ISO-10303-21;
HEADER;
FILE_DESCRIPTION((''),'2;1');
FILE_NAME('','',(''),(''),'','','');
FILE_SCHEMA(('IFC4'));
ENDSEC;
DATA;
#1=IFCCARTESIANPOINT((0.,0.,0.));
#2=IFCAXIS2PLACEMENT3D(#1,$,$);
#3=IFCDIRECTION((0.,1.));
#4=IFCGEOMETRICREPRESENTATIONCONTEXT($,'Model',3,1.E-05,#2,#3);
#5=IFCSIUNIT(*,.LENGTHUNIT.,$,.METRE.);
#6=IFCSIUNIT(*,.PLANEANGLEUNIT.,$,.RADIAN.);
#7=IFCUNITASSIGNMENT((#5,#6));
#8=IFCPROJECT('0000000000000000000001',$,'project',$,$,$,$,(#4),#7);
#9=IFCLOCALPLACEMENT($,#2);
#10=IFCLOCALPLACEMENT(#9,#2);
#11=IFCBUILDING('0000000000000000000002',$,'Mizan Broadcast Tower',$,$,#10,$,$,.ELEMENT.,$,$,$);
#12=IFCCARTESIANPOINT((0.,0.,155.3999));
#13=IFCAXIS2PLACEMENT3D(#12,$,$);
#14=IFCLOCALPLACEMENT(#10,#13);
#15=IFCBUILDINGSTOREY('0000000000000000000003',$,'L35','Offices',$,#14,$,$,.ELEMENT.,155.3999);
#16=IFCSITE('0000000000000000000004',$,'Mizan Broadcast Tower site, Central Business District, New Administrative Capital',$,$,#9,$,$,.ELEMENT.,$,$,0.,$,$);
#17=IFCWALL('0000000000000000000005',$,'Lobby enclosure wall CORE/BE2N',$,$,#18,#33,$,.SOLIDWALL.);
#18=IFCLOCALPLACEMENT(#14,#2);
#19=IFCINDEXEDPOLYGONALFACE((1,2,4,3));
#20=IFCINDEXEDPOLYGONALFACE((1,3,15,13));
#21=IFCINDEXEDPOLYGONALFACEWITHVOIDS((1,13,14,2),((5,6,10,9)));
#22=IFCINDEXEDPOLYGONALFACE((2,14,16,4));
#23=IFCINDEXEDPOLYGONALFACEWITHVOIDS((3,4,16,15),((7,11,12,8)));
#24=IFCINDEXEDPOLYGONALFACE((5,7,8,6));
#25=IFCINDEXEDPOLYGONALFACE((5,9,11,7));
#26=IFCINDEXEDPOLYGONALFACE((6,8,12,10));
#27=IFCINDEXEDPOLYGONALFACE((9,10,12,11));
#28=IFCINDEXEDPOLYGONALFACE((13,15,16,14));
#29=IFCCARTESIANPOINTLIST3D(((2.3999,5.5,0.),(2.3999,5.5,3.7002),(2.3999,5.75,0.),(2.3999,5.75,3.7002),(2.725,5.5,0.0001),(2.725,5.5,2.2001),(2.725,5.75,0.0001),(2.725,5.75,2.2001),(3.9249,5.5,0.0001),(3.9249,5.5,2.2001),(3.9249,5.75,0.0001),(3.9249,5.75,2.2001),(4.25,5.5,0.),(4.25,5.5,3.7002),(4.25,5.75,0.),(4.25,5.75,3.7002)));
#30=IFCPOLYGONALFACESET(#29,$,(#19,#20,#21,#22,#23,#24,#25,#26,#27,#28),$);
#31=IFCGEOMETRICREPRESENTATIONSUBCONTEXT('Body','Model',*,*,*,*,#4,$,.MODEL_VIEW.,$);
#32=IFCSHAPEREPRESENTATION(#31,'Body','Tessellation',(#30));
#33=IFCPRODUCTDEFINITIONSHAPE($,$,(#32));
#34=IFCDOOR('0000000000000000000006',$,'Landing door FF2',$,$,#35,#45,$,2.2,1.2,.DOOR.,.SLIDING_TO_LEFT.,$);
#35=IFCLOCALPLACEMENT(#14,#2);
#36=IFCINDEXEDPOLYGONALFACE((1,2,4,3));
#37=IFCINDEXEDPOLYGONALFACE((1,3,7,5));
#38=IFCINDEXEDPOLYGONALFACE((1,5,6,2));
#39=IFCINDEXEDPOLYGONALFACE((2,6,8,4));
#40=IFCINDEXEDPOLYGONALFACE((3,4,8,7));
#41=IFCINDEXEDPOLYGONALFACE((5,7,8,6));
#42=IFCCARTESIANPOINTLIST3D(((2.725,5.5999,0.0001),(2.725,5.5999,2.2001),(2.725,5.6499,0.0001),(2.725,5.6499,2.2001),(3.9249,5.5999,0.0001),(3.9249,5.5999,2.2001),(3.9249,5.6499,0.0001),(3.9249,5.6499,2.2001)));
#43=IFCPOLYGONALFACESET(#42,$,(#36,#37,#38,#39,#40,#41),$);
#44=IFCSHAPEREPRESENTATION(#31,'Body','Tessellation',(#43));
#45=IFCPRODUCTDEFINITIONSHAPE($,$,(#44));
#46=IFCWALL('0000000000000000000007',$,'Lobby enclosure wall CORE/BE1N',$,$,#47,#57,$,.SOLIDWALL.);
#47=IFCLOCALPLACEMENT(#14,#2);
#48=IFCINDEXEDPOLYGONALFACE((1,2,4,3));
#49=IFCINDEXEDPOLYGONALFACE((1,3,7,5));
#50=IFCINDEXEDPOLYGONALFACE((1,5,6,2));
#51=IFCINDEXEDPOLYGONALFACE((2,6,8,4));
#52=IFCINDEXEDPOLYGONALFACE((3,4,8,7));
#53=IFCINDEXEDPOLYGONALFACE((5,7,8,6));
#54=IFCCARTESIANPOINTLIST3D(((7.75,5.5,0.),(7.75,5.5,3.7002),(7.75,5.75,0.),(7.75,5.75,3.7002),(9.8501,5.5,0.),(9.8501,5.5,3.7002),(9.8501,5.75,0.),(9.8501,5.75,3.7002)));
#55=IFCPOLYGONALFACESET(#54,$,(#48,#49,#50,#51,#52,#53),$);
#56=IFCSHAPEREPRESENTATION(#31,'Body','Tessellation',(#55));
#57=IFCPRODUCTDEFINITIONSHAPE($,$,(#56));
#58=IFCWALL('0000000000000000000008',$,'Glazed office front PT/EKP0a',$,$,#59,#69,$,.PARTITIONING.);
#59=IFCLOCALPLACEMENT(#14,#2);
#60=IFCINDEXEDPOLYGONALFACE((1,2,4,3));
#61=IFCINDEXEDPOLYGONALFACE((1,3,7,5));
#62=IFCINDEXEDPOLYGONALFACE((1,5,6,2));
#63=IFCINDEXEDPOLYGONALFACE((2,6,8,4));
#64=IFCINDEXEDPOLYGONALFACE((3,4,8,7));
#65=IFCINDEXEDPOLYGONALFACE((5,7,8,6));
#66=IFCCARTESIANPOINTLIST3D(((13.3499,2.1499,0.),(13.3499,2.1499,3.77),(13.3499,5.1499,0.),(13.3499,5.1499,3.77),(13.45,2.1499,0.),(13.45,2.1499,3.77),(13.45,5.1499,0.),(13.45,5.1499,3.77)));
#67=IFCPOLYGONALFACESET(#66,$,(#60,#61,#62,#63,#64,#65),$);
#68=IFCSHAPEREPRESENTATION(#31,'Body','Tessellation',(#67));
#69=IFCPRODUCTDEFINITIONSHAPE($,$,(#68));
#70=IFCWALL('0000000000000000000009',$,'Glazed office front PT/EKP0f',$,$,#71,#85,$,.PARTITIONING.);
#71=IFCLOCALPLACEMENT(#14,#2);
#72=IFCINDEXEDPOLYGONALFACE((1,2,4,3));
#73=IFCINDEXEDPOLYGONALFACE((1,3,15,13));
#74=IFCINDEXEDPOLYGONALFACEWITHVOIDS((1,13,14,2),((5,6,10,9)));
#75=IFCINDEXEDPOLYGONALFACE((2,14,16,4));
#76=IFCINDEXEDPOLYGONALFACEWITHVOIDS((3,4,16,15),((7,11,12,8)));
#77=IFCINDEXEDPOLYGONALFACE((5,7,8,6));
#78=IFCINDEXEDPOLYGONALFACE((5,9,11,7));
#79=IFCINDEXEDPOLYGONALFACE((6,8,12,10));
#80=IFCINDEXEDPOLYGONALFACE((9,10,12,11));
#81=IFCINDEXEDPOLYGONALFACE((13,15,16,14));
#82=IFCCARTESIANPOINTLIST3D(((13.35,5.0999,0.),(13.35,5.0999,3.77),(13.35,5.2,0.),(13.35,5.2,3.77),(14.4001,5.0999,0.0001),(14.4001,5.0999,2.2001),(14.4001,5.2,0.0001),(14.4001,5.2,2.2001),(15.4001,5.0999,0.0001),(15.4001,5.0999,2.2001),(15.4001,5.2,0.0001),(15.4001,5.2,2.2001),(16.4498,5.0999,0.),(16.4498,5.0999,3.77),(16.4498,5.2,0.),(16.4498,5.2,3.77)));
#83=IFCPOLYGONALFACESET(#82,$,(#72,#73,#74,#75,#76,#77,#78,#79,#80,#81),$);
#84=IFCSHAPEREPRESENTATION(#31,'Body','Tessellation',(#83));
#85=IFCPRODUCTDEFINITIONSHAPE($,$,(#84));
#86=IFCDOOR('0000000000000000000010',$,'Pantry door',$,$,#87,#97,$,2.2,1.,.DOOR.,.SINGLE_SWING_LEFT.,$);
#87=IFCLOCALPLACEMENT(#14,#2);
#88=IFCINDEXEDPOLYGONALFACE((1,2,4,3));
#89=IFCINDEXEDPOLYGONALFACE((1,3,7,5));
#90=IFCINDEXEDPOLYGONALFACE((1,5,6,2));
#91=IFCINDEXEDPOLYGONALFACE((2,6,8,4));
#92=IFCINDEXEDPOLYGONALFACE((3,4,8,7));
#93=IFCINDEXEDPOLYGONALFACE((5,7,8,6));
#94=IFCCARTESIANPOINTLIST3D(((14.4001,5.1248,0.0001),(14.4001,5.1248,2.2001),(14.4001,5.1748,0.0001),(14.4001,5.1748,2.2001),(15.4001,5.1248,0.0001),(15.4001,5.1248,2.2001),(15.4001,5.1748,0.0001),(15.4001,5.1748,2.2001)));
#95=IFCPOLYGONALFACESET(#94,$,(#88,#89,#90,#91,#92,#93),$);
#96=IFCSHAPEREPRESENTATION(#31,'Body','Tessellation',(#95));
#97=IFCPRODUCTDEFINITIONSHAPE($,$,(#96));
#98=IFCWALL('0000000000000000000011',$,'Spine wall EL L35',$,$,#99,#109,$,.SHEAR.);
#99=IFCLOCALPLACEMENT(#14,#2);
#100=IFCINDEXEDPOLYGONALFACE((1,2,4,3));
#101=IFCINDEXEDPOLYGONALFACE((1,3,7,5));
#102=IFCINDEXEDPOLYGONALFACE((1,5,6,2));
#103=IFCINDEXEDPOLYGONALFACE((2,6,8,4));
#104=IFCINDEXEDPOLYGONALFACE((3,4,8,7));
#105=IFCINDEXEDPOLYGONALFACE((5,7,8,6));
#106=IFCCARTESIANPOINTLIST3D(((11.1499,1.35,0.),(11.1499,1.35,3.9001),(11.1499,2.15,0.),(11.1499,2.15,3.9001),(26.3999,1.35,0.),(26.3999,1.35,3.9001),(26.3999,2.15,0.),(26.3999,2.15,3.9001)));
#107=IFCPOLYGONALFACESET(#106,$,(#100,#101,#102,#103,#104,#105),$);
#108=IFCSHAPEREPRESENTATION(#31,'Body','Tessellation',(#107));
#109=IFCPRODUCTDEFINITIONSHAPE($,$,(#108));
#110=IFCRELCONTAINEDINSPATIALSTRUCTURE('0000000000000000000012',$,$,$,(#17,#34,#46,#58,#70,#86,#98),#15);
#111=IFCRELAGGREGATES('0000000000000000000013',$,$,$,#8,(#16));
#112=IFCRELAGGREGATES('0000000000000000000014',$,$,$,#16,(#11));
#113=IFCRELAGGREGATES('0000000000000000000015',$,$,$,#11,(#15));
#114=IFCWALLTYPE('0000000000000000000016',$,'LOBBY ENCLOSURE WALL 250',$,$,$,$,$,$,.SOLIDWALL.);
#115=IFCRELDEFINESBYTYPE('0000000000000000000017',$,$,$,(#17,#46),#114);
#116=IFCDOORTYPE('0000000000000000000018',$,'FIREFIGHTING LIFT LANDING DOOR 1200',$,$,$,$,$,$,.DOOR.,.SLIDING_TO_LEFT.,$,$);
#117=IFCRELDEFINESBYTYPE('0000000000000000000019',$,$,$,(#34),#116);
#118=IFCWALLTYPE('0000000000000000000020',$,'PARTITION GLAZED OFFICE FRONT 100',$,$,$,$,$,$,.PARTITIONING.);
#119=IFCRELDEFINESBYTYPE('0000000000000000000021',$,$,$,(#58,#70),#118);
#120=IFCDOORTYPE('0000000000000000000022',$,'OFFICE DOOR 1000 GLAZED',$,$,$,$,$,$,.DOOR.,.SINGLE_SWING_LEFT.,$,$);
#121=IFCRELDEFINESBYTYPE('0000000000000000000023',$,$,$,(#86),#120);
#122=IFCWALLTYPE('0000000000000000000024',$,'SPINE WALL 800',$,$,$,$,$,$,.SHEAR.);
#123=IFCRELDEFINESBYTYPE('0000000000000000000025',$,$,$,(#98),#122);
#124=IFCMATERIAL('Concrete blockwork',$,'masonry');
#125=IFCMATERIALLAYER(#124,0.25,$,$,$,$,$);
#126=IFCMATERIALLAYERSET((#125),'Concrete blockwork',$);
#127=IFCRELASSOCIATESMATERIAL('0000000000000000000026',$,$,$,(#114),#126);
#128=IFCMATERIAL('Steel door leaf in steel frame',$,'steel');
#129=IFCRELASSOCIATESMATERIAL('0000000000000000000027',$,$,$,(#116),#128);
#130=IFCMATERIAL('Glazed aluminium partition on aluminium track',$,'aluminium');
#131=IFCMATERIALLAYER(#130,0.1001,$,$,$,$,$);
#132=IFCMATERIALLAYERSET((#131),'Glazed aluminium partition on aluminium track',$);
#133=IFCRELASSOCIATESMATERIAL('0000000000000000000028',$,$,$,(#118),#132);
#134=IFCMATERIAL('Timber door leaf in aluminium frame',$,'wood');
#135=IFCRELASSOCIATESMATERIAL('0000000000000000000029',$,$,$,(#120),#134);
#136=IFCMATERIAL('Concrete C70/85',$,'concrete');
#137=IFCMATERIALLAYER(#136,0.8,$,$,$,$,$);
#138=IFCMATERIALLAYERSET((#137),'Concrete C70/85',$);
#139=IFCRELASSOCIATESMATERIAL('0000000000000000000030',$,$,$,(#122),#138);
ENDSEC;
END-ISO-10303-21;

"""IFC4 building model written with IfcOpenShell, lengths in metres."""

from ifc_helpers import new_model, si_unit, direction, frame, frame_2d, origin, place, context, subcontext, project, spatial, rectangle, extrude, material, layer, layer_set, type_object, element, fill, save


model = new_model("IFC4")

# Units and contexts
model_context = context("Model", 3, precision=1e-05, world=origin(), true_north=direction((0.0, 1.0)))
body_context = subcontext(model_context, "Body", "Model", "MODEL_VIEW")
ifc_project = project(units=[si_unit("LENGTHUNIT", "METRE"), si_unit("PLANEANGLEUNIT", "RADIAN")], contexts=[model_context])

# Site, building, storey
site_placement = place(None, origin())
site = spatial("IfcSite", under=ifc_project, at=site_placement, Name="Mizan Broadcast Tower site, Central Business District, New Administrative Capital", CompositionType="ELEMENT", RefElevation=0.0)
building_placement = place(site_placement, origin())
building = spatial("IfcBuilding", under=site, at=building_placement, Name="Mizan Broadcast Tower", CompositionType="ELEMENT")
storey_placement = place(building_placement, frame((0.0, 0.0, 155.3999)))
storey = spatial("IfcBuildingStorey", under=building, at=storey_placement, Name="L35", Description="Offices", CompositionType="ELEMENT", Elevation=155.3999)

# Wall, opening, door
ifc_material_1 = material(Name="Concrete blockwork", Category="masonry")
ifc_layer_1 = layer(ifc_material_1, 0.25)
ifc_layer_set_1 = layer_set([ifc_layer_1], Name="Concrete blockwork")
wall_type_1 = type_object("IfcWallType", Name="LOBBY ENCLOSURE WALL 250", PredefinedType="SOLIDWALL", material=ifc_layer_set_1)
wall_1_placement = place(storey_placement, frame((2.3999, 5.625, 0.0), z_axis=(0.0, 0.0, 1.0), x_axis=(1.0, 0.0, 0.0)))
wall_1 = element("IfcWall", 1, at=wall_1_placement, inside=storey, type_object=wall_type_1, Name="Lobby enclosure wall CORE/BE2N", PredefinedType="SOLIDWALL", context=body_context, shape_type="SweptSolid", body=[
    extrude(rectangle(XDim=1.8501, YDim=0.25, at=frame_2d((0.925, 0.0))), origin(), (0.0, 0.0, 1.0), 3.7002),
])
opening_1_placement = place(wall_1_placement, frame((0.325, 0.0, 0.0)))
opening_1 = element("IfcOpeningElement", 2, at=opening_1_placement, cuts=wall_1, PredefinedType="OPENING", context=body_context, shape_type="SweptSolid", body=[
    extrude(rectangle(XDim=1.2, YDim=2.2, at=frame_2d((0.6001, 1.1001))), frame((0.0, 0.135, 0.0), z_axis=(0.0, -1.0, 0.0), x_axis=(1.0, 0.0, 0.0)), (0.0, 0.0, 1.0), 0.27),
])
ifc_material_2 = material(Name="Steel door leaf in steel frame", Category="steel")
door_type_1 = type_object("IfcDoorType", Name="FIREFIGHTING LIFT LANDING DOOR 1200", OperationType="SLIDING_TO_LEFT", PredefinedType="DOOR", material=ifc_material_2)
door_1_placement = place(opening_1_placement, origin())
door_1 = element("IfcDoor", 3, at=door_1_placement, inside=storey, type_object=door_type_1, Name="Landing door FF2", OperationType="SLIDING_TO_LEFT", OverallHeight=2.2, OverallWidth=1.2, PredefinedType="DOOR", context=body_context, shape_type="SweptSolid", body=[
    extrude(rectangle(XDim=1.2, YDim=2.2, at=frame_2d((0.6001, 1.1001))), frame((0.0, 0.0249, 0.0), z_axis=(0.0, -1.0, 0.0), x_axis=(1.0, 0.0, 0.0)), (0.0, 0.0, 1.0), 0.05),
])
fill(opening_1, door_1)

# Walls
wall_2_placement = place(storey_placement, frame((7.75, 5.625, 0.0), z_axis=(0.0, 0.0, 1.0), x_axis=(1.0, 0.0, 0.0)))
element("IfcWall", 4, at=wall_2_placement, inside=storey, type_object=wall_type_1, Name="Lobby enclosure wall CORE/BE1N", PredefinedType="SOLIDWALL", context=body_context, shape_type="SweptSolid", body=[
    extrude(rectangle(XDim=2.1001, YDim=0.25, at=frame_2d((1.05, 0.0))), origin(), (0.0, 0.0, 1.0), 3.7002),
])
ifc_material_3 = material(Name="Glazed aluminium partition on aluminium track", Category="aluminium")
ifc_layer_2 = layer(ifc_material_3, 0.1001)
ifc_layer_set_2 = layer_set([ifc_layer_2], Name="Glazed aluminium partition on aluminium track")
wall_type_2 = type_object("IfcWallType", Name="PARTITION GLAZED OFFICE FRONT 100", PredefinedType="PARTITIONING", material=ifc_layer_set_2)
wall_3_placement = place(storey_placement, frame((13.3999, 2.1499, 0.0), z_axis=(0.0, 0.0, 1.0), x_axis=(0.0, 1.0, 0.0)))
element("IfcWall", 5, at=wall_3_placement, inside=storey, type_object=wall_type_2, Name="Glazed office front PT/EKP0a", PredefinedType="PARTITIONING", context=body_context, shape_type="SweptSolid", body=[
    extrude(rectangle(XDim=3.0, YDim=0.1001, at=frame_2d((1.5, 0.0))), origin(), (0.0, 0.0, 1.0), 3.77),
])

# Wall, opening, door
wall_4_placement = place(storey_placement, frame((13.3501, 5.1499, 0.0), z_axis=(0.0, 0.0, 1.0), x_axis=(1.0, 0.0, 0.0)))
wall_4 = element("IfcWall", 6, at=wall_4_placement, inside=storey, type_object=wall_type_2, Name="Glazed office front PT/EKP0f", PredefinedType="PARTITIONING", context=body_context, shape_type="SweptSolid", body=[
    extrude(rectangle(XDim=3.0999, YDim=0.1001, at=frame_2d((1.5498, 0.0))), origin(), (0.0, 0.0, 1.0), 3.77),
])
opening_2_placement = place(wall_4_placement, frame((1.05, 0.0, 0.0)))
opening_2 = element("IfcOpeningElement", 7, at=opening_2_placement, cuts=wall_4, PredefinedType="OPENING", context=body_context, shape_type="SweptSolid", body=[
    extrude(rectangle(XDim=1.0, YDim=2.2, at=frame_2d((0.5, 1.1001))), frame((0.0, 0.0601, 0.0), z_axis=(0.0, -1.0, 0.0), x_axis=(1.0, 0.0, 0.0)), (0.0, 0.0, 1.0), 0.1201),
])
ifc_material_4 = material(Name="Timber door leaf in aluminium frame", Category="wood")
door_type_2 = type_object("IfcDoorType", Name="OFFICE DOOR 1000 GLAZED", OperationType="SINGLE_SWING_LEFT", PredefinedType="DOOR", material=ifc_material_4)
door_2_placement = place(opening_2_placement, origin())
door_2 = element("IfcDoor", 8, at=door_2_placement, inside=storey, type_object=door_type_2, Name="Pantry door", OperationType="SINGLE_SWING_LEFT", OverallHeight=2.2, OverallWidth=1.0, PredefinedType="DOOR", context=body_context, shape_type="SweptSolid", body=[
    extrude(rectangle(XDim=1.0, YDim=2.2, at=frame_2d((0.5, 1.1001))), frame((0.0, 0.0249, 0.0), z_axis=(0.0, -1.0, 0.0), x_axis=(1.0, 0.0, 0.0)), (0.0, 0.0, 1.0), 0.05),
])
fill(opening_2, door_2)

# Wall
ifc_material_5 = material(Name="Concrete C70/85", Category="concrete")
ifc_layer_3 = layer(ifc_material_5, 0.8)
ifc_layer_set_3 = layer_set([ifc_layer_3], Name="Concrete C70/85")
wall_type_3 = type_object("IfcWallType", Name="SPINE WALL 800", PredefinedType="SHEAR", material=ifc_layer_set_3)
wall_5_placement = place(storey_placement, frame((11.1499, 1.75, 0.0), z_axis=(0.0, 0.0, 1.0), x_axis=(1.0, 0.0, 0.0)))
element("IfcWall", 9, at=wall_5_placement, inside=storey, type_object=wall_type_3, Name="Spine wall EL L35", PredefinedType="SHEAR", context=body_context, shape_type="SweptSolid", body=[
    extrude(rectangle(XDim=15.25, YDim=0.8, at=frame_2d((7.625, 0.0))), origin(), (0.0, 0.0, 1.0), 3.9001),
])

save(model, "model.ifc")
